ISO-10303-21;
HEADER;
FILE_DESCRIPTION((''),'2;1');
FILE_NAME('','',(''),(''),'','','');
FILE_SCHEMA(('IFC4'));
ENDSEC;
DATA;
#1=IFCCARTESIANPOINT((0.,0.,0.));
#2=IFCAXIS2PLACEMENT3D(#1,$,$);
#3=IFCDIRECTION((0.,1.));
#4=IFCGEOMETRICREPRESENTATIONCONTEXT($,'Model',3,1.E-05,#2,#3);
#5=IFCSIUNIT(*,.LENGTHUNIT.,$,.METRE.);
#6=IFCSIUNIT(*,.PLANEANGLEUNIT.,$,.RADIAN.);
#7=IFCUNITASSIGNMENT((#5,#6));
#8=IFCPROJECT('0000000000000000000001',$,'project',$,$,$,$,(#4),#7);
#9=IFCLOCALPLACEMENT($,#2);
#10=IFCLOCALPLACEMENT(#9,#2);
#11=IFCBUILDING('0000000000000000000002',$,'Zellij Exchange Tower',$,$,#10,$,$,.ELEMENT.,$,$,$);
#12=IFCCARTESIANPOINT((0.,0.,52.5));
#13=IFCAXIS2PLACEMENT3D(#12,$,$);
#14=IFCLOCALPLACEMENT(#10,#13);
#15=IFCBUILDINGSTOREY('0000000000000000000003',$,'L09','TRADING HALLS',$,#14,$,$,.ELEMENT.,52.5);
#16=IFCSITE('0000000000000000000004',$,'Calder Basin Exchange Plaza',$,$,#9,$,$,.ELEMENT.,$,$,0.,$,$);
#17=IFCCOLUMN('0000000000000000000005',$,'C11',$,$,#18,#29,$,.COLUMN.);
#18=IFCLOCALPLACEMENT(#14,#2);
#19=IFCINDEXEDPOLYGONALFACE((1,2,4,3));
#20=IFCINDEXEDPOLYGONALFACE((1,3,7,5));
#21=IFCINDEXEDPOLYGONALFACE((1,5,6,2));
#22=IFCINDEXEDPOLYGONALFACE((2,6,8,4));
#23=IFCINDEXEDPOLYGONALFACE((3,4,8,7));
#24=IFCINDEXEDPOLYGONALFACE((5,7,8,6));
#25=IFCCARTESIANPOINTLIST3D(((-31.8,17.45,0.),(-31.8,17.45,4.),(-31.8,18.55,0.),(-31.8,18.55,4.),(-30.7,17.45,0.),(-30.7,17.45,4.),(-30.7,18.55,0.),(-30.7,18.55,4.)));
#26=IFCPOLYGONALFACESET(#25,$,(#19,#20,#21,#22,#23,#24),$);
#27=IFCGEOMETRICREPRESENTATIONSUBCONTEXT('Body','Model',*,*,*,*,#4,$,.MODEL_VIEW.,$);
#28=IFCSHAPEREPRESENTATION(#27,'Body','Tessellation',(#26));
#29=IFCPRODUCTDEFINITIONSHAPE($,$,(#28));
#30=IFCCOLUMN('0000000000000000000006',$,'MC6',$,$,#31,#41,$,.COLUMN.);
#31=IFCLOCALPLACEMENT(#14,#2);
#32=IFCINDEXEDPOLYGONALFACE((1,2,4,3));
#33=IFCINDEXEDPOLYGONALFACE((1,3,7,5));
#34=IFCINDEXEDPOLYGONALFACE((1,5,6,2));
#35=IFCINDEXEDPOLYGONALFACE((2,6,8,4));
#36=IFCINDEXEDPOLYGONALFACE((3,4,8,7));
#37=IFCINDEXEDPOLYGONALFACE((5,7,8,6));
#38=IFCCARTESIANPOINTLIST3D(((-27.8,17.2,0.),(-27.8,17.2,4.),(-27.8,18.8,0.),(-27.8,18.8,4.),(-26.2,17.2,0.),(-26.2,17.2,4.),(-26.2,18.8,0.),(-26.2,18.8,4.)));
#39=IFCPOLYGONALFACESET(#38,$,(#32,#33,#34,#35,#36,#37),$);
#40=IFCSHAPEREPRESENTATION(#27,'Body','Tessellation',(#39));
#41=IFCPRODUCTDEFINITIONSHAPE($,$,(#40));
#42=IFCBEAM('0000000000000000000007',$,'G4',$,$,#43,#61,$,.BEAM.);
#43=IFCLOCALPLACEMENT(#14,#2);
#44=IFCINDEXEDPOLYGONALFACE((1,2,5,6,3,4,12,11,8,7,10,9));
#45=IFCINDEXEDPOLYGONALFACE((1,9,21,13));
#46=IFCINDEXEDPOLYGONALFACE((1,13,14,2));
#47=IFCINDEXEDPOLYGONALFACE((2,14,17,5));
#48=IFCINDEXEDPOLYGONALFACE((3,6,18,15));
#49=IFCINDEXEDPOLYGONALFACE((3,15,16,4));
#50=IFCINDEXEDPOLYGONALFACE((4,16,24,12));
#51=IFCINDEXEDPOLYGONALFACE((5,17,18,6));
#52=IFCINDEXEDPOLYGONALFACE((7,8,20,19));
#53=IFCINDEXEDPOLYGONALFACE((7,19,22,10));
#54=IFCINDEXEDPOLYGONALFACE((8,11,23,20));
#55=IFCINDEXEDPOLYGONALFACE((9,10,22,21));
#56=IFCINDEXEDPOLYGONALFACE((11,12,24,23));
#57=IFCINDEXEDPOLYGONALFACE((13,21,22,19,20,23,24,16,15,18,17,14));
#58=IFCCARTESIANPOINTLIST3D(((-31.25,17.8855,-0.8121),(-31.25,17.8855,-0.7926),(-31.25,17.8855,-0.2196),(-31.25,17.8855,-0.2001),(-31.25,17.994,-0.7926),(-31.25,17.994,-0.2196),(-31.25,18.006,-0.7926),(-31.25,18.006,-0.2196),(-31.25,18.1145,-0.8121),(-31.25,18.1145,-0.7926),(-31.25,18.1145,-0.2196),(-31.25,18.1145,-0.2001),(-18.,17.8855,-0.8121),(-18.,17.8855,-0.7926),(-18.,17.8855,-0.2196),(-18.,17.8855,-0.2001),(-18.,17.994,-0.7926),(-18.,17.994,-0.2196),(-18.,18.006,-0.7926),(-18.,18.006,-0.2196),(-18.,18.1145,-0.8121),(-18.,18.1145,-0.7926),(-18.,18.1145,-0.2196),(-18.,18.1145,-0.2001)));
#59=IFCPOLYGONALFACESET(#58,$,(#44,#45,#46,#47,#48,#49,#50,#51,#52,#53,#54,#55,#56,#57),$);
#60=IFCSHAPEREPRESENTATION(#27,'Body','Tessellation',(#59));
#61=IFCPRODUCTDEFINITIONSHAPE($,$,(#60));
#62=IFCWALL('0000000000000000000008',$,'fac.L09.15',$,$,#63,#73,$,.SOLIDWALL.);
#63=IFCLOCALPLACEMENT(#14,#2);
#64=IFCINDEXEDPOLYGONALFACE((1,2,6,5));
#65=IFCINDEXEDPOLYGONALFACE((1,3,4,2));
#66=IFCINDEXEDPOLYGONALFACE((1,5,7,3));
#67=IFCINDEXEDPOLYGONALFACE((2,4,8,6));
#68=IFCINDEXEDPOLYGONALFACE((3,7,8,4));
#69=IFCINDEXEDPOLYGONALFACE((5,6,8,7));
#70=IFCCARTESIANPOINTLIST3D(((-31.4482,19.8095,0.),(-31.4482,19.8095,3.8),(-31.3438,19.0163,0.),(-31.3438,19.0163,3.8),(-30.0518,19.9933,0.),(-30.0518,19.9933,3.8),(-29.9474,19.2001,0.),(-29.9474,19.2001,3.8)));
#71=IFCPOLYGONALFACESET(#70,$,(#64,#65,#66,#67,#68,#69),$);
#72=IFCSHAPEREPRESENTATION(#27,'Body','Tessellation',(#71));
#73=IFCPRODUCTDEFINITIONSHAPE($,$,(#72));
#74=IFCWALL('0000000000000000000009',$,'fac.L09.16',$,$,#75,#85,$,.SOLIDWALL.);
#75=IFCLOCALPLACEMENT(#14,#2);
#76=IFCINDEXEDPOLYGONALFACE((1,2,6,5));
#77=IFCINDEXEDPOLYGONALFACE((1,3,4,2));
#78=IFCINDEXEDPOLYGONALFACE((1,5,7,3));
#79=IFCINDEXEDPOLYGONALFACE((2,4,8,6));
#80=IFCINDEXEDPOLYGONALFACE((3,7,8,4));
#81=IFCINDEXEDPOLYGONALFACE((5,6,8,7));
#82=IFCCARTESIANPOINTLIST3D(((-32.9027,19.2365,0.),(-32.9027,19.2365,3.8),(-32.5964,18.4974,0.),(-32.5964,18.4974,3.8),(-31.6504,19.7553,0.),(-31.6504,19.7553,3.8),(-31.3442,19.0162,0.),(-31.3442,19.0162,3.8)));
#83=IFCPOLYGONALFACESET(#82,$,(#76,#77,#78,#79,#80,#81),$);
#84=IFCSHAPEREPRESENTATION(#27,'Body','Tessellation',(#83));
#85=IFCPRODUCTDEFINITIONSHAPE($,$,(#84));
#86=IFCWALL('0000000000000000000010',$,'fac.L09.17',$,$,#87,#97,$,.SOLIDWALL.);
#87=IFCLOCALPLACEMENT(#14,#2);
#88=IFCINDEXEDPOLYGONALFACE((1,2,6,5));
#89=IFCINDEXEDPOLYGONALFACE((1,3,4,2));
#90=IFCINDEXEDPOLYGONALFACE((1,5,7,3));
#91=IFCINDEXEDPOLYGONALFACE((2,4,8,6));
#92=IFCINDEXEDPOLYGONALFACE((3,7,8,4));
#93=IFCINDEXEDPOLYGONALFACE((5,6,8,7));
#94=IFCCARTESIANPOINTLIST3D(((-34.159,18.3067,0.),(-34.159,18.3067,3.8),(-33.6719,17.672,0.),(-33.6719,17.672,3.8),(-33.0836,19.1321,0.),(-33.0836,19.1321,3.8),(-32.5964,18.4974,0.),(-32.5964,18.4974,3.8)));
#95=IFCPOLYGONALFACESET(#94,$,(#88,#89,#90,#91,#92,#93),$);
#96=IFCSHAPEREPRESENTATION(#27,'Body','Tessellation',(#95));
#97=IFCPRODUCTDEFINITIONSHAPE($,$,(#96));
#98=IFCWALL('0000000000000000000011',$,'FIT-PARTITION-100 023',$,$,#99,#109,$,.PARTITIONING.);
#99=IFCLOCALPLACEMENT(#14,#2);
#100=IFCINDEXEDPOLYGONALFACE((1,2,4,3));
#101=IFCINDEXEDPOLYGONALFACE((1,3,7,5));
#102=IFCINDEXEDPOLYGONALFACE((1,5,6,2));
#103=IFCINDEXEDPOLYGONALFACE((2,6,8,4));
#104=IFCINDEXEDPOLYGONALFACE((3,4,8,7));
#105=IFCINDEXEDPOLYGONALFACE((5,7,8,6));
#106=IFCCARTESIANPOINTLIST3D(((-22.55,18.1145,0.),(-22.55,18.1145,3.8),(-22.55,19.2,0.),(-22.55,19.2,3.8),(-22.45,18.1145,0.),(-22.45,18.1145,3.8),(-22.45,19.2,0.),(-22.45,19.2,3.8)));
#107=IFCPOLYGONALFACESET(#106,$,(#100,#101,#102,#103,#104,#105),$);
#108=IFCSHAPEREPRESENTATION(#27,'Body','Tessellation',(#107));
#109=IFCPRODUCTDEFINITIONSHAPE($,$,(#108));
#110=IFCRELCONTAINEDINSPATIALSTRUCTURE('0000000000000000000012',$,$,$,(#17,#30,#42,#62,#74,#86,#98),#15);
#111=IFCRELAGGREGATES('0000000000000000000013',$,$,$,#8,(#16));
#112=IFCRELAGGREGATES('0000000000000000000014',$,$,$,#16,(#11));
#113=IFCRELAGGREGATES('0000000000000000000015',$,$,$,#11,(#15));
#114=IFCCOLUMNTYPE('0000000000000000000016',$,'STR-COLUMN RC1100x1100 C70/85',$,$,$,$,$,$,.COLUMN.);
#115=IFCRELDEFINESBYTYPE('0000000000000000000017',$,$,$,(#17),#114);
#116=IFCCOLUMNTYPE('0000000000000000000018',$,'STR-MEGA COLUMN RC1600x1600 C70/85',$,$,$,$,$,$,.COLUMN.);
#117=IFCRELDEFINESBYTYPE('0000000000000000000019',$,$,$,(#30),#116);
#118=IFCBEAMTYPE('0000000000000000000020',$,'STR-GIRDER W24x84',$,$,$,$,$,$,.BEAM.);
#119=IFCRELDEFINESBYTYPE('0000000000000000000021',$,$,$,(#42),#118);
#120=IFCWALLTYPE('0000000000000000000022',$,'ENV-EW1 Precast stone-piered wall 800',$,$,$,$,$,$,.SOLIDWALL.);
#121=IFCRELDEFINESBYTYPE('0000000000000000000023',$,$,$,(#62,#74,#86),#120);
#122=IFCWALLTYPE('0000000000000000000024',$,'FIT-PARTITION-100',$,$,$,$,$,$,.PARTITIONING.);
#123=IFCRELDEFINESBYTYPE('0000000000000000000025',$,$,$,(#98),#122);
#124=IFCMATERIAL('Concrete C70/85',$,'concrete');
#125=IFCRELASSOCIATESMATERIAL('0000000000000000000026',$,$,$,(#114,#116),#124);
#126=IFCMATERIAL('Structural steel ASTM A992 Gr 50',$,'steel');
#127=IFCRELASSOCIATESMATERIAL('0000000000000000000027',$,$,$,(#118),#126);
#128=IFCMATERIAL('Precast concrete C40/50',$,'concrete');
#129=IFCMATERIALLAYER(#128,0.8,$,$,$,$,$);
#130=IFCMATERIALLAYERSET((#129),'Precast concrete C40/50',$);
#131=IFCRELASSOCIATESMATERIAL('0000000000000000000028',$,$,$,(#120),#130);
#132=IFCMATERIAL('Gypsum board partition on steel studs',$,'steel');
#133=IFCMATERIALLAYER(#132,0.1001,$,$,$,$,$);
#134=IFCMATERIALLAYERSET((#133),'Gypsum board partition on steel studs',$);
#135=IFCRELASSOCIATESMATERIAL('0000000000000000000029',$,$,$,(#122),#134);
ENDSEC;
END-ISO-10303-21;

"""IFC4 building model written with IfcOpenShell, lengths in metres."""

from ifc_helpers import new_model, si_unit, direction, frame, frame_2d, origin, origin_2d, place, context, subcontext, project, spatial, rectangle, i_section, extrude, material, layer, layer_set, material_profile, profile_set, type_object, element, save


model = new_model("IFC4")

# Units and contexts
model_context = context("Model", 3, precision=1e-05, world=origin(), true_north=direction((0.0, 1.0)))
body_context = subcontext(model_context, "Body", "Model", "MODEL_VIEW")
ifc_project = project(units=[si_unit("LENGTHUNIT", "METRE"), si_unit("PLANEANGLEUNIT", "RADIAN")], contexts=[model_context])

# Site, building, storey
site_placement = place(None, origin())
site = spatial("IfcSite", under=ifc_project, at=site_placement, Name="Calder Basin Exchange Plaza", CompositionType="ELEMENT", RefElevation=0.0)
building_placement = place(site_placement, origin())
building = spatial("IfcBuilding", under=site, at=building_placement, Name="Zellij Exchange Tower", CompositionType="ELEMENT")
storey_placement = place(building_placement, frame((0.0, 0.0, 52.5)))
storey = spatial("IfcBuildingStorey", under=building, at=storey_placement, Name="L09", Description="TRADING HALLS", CompositionType="ELEMENT", Elevation=52.5)

# Columns
ifc_material_1 = material(Name="Concrete C70/85", Category="concrete")
ifc_material_profile_1 = material_profile(ifc_material_1, rectangle(XDim=1.1001, YDim=1.1001, at=origin_2d()), Name="STR-COLUMN RC1100x1100 C70/85")
ifc_profile_set_1 = profile_set([ifc_material_profile_1], Name="Concrete C70/85")
column_type_1 = type_object("IfcColumnType", Name="STR-COLUMN RC1100x1100 C70/85", PredefinedType="COLUMN", material=ifc_profile_set_1)
column_1_placement = place(storey_placement, frame((-31.25, 18.0, 0.0), z_axis=(0.0, 0.0, 1.0), x_axis=(1.0, 0.0, 0.0)))
element("IfcColumn", 1, at=column_1_placement, inside=storey, type_object=column_type_1, Name="C11", PredefinedType="COLUMN", context=body_context, shape_type="SweptSolid", body=[
    extrude(rectangle(XDim=1.1001, YDim=1.1001, at=origin_2d()), origin(), (0.0, 0.0, 1.0), 4.0),
])
ifc_material_profile_2 = material_profile(ifc_material_1, rectangle(XDim=1.6001, YDim=1.6001, at=origin_2d()), Name="STR-MEGA COLUMN RC1600x1600 C70/85")
ifc_profile_set_2 = profile_set([ifc_material_profile_2], Name="Concrete C70/85")
column_type_2 = type_object("IfcColumnType", Name="STR-MEGA COLUMN RC1600x1600 C70/85", PredefinedType="COLUMN", material=ifc_profile_set_2)
column_2_placement = place(storey_placement, frame((-27.0, 18.0, 0.0), z_axis=(0.0, 0.0, 1.0), x_axis=(1.0, 0.0, 0.0)))
element("IfcColumn", 2, at=column_2_placement, inside=storey, type_object=column_type_2, Name="MC6", PredefinedType="COLUMN", context=body_context, shape_type="SweptSolid", body=[
    extrude(rectangle(XDim=1.6001, YDim=1.6001, at=origin_2d()), origin(), (0.0, 0.0, 1.0), 4.0),
])

# Beam
ifc_material_2 = material(Name="Structural steel ASTM A992 Gr 50", Category="steel")
ifc_material_profile_3 = material_profile(ifc_material_2, i_section(OverallWidth=0.229, OverallDepth=0.6121, WebThickness=0.012, FlangeThickness=0.0195, at=origin_2d()), Name="W24x84")
ifc_profile_set_3 = profile_set([ifc_material_profile_3], Name="Structural steel ASTM A992 Gr 50")
beam_type = type_object("IfcBeamType", Name="STR-GIRDER W24x84", PredefinedType="BEAM", material=ifc_profile_set_3)
beam_placement = place(storey_placement, frame((-31.25, 18.0, -0.5061), z_axis=(1.0, 0.0, 0.0), x_axis=(0.0, 1.0, 0.0)))
element("IfcBeam", 3, at=beam_placement, inside=storey, type_object=beam_type, Name="G4", PredefinedType="BEAM", context=body_context, shape_type="SweptSolid", body=[
    extrude(i_section(OverallWidth=0.229, OverallDepth=0.6121, WebThickness=0.012, FlangeThickness=0.0195, at=origin_2d()), origin(), (0.0, 0.0, 1.0), 13.25),
])

# Walls
ifc_material_3 = material(Name="Precast concrete C40/50", Category="concrete")
ifc_layer_1 = layer(ifc_material_3, 0.8)
ifc_layer_set_1 = layer_set([ifc_layer_1], Name="Precast concrete C40/50")
wall_type_1 = type_object("IfcWallType", Name="ENV-EW1 Precast stone-piered wall 800", PredefinedType="SOLIDWALL", material=ifc_layer_set_1)
wall_1_placement = place(storey_placement, frame((-29.9998, 19.5967, 0.0), z_axis=(0.0, 0.0, 1.0), x_axis=(-0.991446, -0.130517, 0.0)))
element("IfcWall", 4, at=wall_1_placement, inside=storey, type_object=wall_type_1, Name="fac.L09.15", PredefinedType="SOLIDWALL", context=body_context, shape_type="SweptSolid", body=[
    extrude(rectangle(XDim=1.4084, YDim=0.8, at=frame_2d((0.7041, 0.0))), origin(), (0.0, 0.0, 1.0), 3.8),
])
wall_2_placement = place(storey_placement, frame((-31.4973, 19.3857, 0.0), z_axis=(0.0, 0.0, 1.0), x_axis=(-0.923848, -0.38276, 0.0)))
element("IfcWall", 5, at=wall_2_placement, inside=storey, type_object=wall_type_1, Name="fac.L09.16", PredefinedType="SOLIDWALL", context=body_context, shape_type="SweptSolid", body=[
    extrude(rectangle(XDim=1.3555, YDim=0.8, at=frame_2d((0.6777, 0.0))), origin(), (0.0, 0.0, 1.0), 3.8),
])
wall_3_placement = place(storey_placement, frame((-32.8401, 18.8147, 0.0), z_axis=(0.0, 0.0, 1.0), x_axis=(-0.793273, -0.608866, 0.0)))
element("IfcWall", 6, at=wall_3_placement, inside=storey, type_object=wall_type_1, Name="fac.L09.17", PredefinedType="SOLIDWALL", context=body_context, shape_type="SweptSolid", body=[
    extrude(rectangle(XDim=1.3557, YDim=0.8, at=frame_2d((0.6777, 0.0))), origin(), (0.0, 0.0, 1.0), 3.8),
])
ifc_material_4 = material(Name="Gypsum board partition on steel studs", Category="steel")
ifc_layer_2 = layer(ifc_material_4, 0.1001)
ifc_layer_set_2 = layer_set([ifc_layer_2], Name="Gypsum board partition on steel studs")
wall_type_2 = type_object("IfcWallType", Name="FIT-PARTITION-100", PredefinedType="PARTITIONING", material=ifc_layer_set_2)
wall_4_placement = place(storey_placement, frame((-22.5, 18.1145, 0.0), z_axis=(0.0, 0.0, 1.0), x_axis=(0.0, 1.0, 0.0)))
element("IfcWall", 7, at=wall_4_placement, inside=storey, type_object=wall_type_2, Name="FIT-PARTITION-100 023", PredefinedType="PARTITIONING", context=body_context, shape_type="SweptSolid", body=[
    extrude(rectangle(XDim=1.0854, YDim=0.1001, at=frame_2d((0.5427, 0.0))), origin(), (0.0, 0.0, 1.0), 3.8),
])

save(model, "model.ifc")
